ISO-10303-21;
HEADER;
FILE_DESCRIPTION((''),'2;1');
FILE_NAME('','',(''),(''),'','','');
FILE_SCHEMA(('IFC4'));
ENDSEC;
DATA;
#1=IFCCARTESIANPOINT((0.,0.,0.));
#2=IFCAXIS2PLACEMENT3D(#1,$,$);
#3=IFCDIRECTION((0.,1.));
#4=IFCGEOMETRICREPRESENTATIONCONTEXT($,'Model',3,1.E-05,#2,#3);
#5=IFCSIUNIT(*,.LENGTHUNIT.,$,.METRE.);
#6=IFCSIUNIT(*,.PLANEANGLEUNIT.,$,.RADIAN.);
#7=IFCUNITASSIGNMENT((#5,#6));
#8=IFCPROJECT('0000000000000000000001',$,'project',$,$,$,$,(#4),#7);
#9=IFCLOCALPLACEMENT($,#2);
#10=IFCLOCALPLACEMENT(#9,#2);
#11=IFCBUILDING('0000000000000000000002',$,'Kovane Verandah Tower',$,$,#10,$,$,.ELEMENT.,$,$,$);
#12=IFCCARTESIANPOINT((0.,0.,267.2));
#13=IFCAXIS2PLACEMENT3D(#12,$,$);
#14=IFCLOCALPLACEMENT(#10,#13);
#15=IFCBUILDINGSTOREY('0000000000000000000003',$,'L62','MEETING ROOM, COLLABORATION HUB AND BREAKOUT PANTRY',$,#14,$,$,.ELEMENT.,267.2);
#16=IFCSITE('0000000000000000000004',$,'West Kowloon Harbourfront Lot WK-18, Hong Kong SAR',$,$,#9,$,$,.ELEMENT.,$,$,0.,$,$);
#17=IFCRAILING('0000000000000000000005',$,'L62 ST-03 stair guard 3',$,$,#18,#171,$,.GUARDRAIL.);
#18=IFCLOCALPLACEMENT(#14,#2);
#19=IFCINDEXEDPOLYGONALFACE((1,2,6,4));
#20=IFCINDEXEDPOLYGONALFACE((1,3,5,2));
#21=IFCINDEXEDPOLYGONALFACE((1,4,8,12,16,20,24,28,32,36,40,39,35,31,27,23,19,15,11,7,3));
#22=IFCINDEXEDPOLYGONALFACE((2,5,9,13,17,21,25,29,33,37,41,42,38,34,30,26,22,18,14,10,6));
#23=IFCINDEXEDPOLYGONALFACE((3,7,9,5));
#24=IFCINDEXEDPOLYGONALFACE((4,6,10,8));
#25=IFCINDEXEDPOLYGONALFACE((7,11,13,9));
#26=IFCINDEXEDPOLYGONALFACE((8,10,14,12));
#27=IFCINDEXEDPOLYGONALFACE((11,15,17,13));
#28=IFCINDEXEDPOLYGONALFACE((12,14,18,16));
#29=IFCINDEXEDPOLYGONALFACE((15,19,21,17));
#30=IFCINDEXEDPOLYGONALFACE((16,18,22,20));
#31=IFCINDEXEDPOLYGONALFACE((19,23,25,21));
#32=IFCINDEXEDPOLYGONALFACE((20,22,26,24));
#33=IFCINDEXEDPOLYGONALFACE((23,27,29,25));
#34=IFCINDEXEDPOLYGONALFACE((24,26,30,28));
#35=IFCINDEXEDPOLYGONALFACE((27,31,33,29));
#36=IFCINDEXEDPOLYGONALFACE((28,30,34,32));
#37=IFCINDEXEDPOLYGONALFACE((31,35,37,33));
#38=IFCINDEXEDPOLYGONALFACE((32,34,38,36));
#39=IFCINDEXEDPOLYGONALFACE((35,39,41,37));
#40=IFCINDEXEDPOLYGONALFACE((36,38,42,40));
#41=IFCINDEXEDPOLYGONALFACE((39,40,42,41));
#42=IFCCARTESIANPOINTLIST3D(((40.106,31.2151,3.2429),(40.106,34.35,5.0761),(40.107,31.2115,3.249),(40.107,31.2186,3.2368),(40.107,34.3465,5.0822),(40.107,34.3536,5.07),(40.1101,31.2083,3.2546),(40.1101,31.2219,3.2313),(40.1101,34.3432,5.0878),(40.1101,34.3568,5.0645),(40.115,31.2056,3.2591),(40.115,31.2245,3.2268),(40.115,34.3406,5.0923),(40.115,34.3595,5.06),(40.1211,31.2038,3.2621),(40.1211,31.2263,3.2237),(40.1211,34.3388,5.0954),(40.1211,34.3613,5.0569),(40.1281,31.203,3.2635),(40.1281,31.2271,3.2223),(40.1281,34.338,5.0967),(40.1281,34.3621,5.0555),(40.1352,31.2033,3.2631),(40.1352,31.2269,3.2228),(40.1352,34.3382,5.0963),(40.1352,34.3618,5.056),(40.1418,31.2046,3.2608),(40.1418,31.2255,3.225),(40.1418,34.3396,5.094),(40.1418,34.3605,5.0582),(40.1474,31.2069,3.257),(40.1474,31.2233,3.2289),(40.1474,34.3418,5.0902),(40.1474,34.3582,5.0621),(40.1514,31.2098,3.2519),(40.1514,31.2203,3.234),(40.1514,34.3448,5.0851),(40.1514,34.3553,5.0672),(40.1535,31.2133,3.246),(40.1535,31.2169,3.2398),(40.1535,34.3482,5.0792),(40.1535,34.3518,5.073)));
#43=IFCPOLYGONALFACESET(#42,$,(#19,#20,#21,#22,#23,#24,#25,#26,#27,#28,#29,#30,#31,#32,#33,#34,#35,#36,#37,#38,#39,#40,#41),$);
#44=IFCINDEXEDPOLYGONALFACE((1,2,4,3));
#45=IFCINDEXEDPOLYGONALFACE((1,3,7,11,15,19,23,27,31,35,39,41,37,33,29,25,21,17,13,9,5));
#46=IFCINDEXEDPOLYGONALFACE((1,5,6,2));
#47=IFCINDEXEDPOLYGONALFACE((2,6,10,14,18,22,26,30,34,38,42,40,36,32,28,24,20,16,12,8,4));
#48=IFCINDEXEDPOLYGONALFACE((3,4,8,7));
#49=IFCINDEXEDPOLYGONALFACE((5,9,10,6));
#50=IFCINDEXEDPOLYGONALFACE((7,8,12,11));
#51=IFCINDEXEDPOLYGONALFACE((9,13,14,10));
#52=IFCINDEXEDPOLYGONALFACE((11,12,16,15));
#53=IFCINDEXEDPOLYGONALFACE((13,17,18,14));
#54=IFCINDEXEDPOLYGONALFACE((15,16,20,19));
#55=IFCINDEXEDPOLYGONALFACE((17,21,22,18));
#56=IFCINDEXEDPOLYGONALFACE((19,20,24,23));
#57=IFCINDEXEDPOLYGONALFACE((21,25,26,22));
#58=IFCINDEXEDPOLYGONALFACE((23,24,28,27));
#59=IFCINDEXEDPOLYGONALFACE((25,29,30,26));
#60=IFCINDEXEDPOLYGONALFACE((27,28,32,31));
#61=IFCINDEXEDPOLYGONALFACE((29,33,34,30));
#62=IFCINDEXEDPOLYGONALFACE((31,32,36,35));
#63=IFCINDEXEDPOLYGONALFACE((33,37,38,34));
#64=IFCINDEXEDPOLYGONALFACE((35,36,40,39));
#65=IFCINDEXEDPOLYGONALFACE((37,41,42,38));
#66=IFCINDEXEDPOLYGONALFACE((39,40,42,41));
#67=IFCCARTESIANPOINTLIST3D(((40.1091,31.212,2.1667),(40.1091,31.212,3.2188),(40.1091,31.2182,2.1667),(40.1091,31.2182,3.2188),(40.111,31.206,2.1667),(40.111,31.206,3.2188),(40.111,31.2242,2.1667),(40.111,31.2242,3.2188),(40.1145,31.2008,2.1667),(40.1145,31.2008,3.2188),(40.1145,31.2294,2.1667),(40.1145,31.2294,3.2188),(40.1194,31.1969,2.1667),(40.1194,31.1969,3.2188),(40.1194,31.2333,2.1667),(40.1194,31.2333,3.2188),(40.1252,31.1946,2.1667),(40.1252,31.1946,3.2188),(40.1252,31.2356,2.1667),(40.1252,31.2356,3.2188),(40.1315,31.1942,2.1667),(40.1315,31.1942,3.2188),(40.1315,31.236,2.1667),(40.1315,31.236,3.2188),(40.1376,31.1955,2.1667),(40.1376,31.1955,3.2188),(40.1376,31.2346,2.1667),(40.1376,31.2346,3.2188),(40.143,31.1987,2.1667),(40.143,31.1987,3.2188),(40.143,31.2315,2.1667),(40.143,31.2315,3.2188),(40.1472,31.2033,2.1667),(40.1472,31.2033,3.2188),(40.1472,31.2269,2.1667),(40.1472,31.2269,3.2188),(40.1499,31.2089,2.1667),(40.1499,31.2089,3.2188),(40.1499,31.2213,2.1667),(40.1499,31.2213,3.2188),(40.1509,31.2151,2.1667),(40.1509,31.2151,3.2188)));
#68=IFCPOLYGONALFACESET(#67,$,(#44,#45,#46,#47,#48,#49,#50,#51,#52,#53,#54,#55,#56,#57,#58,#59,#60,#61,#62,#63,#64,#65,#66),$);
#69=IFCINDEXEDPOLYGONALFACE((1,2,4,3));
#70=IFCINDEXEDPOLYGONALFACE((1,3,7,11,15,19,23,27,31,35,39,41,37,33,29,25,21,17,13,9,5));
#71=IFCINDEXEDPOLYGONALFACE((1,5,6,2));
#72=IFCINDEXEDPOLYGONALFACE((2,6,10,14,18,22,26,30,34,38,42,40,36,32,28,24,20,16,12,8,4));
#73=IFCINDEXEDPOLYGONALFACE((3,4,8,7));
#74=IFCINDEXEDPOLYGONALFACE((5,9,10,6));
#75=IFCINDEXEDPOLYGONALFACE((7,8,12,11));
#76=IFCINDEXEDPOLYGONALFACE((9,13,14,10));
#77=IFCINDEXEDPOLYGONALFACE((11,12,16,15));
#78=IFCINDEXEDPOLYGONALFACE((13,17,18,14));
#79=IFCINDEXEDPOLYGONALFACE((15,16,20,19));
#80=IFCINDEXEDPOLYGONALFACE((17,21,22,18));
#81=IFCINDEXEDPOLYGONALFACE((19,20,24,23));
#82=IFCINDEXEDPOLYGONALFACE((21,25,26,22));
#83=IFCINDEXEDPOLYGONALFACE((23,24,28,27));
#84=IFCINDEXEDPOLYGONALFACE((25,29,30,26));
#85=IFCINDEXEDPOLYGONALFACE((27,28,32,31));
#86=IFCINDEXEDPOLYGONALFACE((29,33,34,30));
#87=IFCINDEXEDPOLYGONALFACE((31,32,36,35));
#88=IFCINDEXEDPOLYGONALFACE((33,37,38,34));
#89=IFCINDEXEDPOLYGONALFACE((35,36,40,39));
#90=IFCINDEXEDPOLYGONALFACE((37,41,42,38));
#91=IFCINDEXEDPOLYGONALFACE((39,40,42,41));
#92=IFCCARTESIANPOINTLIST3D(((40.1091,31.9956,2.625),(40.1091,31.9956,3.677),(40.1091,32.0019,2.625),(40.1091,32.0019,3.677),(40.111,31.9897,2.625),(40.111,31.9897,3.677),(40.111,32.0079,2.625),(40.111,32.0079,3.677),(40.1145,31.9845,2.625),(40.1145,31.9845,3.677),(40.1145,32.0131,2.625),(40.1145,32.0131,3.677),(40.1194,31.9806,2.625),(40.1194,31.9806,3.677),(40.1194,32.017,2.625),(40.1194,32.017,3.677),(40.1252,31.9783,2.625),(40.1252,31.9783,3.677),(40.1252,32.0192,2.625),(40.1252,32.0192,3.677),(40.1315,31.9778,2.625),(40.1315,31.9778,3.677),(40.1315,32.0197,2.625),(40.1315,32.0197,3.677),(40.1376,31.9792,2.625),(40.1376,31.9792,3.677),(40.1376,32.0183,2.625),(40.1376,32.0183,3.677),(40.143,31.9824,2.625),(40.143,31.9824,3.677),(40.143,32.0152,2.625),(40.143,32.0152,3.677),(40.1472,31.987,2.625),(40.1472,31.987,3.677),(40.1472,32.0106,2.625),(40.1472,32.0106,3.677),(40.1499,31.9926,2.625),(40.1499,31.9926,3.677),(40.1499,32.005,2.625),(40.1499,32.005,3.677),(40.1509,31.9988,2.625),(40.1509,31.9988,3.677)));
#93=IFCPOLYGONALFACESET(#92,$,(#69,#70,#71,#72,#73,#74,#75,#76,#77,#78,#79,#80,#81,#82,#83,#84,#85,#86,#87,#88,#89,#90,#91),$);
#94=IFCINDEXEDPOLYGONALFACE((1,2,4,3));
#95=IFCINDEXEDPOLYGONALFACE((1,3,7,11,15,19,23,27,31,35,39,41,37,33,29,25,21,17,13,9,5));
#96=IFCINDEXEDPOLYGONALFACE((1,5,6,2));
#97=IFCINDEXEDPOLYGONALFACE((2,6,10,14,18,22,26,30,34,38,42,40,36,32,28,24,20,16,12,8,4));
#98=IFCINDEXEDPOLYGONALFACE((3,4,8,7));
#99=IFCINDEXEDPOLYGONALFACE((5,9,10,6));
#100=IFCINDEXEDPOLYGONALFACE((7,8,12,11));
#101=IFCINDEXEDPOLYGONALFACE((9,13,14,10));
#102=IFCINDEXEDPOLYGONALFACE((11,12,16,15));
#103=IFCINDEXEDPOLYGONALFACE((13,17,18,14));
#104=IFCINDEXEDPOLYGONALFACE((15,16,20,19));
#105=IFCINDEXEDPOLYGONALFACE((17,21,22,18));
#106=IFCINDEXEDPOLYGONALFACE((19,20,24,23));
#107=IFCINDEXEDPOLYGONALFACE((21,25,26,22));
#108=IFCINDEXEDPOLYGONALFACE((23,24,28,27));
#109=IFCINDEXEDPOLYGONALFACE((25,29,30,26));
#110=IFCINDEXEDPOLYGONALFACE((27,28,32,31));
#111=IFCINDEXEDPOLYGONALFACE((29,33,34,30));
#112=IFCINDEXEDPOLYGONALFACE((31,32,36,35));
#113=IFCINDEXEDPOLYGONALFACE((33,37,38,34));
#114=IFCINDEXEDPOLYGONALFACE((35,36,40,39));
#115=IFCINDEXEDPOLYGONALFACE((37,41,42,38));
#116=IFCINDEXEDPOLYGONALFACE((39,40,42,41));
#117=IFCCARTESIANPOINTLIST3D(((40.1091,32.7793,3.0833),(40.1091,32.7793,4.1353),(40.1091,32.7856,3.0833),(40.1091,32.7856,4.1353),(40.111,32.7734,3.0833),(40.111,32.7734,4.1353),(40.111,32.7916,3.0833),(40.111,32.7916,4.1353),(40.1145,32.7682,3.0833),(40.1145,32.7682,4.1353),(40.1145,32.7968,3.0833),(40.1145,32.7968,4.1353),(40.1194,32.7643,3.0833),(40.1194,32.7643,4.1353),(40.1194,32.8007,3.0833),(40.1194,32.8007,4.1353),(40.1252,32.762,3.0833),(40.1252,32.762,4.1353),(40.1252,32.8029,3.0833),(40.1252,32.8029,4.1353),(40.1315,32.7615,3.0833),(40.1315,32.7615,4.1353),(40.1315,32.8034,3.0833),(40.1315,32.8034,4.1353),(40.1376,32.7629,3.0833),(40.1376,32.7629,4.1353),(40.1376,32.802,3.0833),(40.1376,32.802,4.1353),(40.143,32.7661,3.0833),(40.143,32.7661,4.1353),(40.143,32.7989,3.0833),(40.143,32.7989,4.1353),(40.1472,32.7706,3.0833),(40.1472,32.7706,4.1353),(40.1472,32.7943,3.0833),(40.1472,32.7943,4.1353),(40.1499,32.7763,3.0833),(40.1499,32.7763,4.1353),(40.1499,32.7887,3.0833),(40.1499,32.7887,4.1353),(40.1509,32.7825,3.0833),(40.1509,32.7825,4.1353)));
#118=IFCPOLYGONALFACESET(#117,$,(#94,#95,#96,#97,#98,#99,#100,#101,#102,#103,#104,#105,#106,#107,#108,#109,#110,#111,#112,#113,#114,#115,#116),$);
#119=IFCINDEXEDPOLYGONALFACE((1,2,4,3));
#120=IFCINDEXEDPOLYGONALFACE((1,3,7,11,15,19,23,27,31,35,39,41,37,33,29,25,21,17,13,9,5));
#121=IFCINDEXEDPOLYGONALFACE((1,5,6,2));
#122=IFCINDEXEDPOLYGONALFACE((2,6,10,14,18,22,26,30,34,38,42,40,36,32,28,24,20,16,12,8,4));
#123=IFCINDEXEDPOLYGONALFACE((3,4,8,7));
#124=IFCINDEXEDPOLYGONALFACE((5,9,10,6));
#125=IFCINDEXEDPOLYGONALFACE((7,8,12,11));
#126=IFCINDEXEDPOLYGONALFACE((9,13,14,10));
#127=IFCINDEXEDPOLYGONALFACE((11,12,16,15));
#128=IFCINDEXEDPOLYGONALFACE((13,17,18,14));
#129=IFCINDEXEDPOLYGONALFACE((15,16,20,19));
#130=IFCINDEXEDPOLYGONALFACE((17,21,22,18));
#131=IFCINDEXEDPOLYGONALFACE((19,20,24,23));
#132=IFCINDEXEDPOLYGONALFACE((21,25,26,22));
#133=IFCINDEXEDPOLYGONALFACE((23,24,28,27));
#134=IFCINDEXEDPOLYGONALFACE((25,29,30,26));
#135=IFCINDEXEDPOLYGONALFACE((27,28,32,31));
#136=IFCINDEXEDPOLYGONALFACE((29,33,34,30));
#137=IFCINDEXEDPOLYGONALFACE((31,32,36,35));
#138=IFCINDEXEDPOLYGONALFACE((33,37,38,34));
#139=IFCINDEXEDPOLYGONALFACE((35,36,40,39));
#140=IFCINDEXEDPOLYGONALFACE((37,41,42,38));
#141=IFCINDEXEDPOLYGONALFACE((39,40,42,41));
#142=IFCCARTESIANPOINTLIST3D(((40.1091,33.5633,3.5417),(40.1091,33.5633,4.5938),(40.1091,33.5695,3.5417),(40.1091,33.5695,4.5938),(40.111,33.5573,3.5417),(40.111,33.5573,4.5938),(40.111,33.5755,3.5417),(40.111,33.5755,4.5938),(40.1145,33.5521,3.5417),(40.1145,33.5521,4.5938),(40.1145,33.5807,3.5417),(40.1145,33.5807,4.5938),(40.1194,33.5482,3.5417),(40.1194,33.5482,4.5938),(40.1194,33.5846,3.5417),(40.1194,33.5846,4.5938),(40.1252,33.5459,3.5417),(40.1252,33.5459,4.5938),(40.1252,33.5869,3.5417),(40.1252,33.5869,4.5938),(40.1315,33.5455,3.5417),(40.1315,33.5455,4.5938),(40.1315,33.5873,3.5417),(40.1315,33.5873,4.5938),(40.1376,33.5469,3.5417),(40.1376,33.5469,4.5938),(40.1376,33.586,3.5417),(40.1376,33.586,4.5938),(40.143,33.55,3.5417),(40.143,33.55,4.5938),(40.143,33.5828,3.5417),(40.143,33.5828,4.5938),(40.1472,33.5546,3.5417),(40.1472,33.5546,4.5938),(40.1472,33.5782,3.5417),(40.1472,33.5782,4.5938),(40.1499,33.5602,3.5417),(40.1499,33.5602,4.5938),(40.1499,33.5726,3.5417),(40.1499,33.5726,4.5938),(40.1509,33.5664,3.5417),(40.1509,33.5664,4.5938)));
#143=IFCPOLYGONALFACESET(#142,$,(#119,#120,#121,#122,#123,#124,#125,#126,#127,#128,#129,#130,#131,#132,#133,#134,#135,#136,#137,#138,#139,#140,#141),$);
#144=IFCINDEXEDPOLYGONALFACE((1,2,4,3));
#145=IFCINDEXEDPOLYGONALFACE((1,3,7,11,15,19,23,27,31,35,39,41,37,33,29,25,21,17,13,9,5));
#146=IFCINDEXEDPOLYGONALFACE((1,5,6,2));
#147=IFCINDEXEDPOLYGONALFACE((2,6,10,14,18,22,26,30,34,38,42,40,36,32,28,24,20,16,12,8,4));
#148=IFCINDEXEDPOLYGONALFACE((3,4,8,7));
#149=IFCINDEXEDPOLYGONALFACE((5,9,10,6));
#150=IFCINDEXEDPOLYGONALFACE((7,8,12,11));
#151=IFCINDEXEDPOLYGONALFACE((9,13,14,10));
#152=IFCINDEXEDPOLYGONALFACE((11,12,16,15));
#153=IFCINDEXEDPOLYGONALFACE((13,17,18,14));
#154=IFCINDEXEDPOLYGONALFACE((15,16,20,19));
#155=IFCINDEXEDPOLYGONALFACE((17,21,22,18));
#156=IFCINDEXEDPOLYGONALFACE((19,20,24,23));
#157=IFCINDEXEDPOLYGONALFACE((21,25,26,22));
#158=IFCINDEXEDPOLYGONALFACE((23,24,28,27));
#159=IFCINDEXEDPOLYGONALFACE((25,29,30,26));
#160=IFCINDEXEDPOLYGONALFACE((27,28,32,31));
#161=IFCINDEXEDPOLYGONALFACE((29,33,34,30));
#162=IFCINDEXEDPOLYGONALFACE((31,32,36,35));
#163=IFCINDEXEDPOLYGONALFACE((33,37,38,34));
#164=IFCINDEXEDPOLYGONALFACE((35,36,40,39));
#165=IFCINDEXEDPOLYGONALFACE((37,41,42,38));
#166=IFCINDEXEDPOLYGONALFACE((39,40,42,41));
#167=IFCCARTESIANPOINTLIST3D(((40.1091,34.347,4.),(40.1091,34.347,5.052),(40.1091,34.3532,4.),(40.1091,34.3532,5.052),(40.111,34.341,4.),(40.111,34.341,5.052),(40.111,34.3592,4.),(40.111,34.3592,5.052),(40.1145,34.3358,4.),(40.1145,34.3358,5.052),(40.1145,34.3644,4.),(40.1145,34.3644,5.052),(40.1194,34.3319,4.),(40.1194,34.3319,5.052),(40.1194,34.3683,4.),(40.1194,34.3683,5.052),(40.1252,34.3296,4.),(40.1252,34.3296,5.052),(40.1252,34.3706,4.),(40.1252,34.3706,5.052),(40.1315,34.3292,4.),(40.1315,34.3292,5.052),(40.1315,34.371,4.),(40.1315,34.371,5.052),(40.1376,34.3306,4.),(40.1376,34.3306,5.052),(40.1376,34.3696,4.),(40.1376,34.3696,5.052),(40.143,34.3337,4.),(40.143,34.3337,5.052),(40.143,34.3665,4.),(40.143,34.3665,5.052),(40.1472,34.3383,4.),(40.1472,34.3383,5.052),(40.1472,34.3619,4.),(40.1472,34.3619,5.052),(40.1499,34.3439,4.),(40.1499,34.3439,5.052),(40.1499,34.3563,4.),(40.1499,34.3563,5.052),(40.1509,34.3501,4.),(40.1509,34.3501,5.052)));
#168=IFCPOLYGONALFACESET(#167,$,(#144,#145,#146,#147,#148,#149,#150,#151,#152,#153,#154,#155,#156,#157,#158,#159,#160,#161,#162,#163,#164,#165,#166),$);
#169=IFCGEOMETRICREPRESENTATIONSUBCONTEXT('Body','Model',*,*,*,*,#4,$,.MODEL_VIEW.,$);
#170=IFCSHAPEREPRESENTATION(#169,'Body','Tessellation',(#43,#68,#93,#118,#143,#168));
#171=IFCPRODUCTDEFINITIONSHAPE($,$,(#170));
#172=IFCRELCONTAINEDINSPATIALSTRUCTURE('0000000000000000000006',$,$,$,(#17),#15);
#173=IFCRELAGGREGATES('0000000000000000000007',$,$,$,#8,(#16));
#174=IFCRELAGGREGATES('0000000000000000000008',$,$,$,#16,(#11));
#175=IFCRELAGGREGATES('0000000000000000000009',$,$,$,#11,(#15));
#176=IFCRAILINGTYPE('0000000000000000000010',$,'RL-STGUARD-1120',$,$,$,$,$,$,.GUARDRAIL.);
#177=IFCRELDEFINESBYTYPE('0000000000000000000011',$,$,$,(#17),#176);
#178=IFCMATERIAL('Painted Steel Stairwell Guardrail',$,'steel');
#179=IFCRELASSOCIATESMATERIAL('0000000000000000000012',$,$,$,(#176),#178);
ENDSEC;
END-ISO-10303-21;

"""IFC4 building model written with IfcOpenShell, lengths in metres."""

from ifc_helpers import new_model, si_unit, direction, frame, origin, origin_2d, place, context, subcontext, project, spatial, circle, extrude, material, type_object, element, save


model = new_model("IFC4")

# Units and contexts
model_context = context("Model", 3, precision=1e-05, world=origin(), true_north=direction((0.0, 1.0)))
body_context = subcontext(model_context, "Body", "Model", "MODEL_VIEW")
ifc_project = project(units=[si_unit("LENGTHUNIT", "METRE"), si_unit("PLANEANGLEUNIT", "RADIAN")], contexts=[model_context])

# Site, building, storey
site_placement = place(None, origin())
site = spatial("IfcSite", under=ifc_project, at=site_placement, Name="West Kowloon Harbourfront Lot WK-18, Hong Kong SAR", CompositionType="ELEMENT", RefElevation=0.0)
building_placement = place(site_placement, origin())
building = spatial("IfcBuilding", under=site, at=building_placement, Name="Kovane Verandah Tower", CompositionType="ELEMENT")
storey_placement = place(building_placement, frame((0.0, 0.0, 267.2)))
storey = spatial("IfcBuildingStorey", under=building, at=storey_placement, Name="L62", Description="MEETING ROOM, COLLABORATION HUB AND BREAKOUT PANTRY", CompositionType="ELEMENT", Elevation=267.2)

# Railing
ifc_material_1 = material(Name="Painted Steel Stairwell Guardrail", Category="steel")
railing_type_1 = type_object("IfcRailingType", Name="RL-STGUARD-1120", PredefinedType="GUARDRAIL", material=ifc_material_1)
railing_1_placement = place(storey_placement, frame((40.1299, 31.2151, 2.1667)))
element("IfcRailing", 1, at=railing_1_placement, inside=storey, type_object=railing_type_1, Name="L62 ST-03 stair guard 3", PredefinedType="GUARDRAIL", context=body_context, shape_type="SweptSolid", body=[
    extrude(circle(Radius=0.0239, at=origin_2d()), frame((0.0, 0.0, 1.0762), z_axis=(0.0, 0.86324, 0.504794), x_axis=(-1.0, 0.0, 0.0)), (0.0, 0.0, 1.0), 3.6316),
    extrude(circle(Radius=0.021, at=origin_2d()), origin(), (0.0, 0.0, 1.0), 1.052),
    extrude(circle(Radius=0.021, at=origin_2d()), frame((0.0, 0.7837, 0.4583)), (0.0, 0.0, 1.0), 1.052),
    extrude(circle(Radius=0.021, at=origin_2d()), frame((0.0, 1.5674, 0.9165)), (0.0, 0.0, 1.0), 1.052),
    extrude(circle(Radius=0.021, at=origin_2d()), frame((0.0, 2.3513, 1.375)), (0.0, 0.0, 1.0), 1.052),
    extrude(circle(Radius=0.021, at=origin_2d()), frame((0.0, 3.135, 1.8333)), (0.0, 0.0, 1.0), 1.052),
])

save(model, "model.ifc")
